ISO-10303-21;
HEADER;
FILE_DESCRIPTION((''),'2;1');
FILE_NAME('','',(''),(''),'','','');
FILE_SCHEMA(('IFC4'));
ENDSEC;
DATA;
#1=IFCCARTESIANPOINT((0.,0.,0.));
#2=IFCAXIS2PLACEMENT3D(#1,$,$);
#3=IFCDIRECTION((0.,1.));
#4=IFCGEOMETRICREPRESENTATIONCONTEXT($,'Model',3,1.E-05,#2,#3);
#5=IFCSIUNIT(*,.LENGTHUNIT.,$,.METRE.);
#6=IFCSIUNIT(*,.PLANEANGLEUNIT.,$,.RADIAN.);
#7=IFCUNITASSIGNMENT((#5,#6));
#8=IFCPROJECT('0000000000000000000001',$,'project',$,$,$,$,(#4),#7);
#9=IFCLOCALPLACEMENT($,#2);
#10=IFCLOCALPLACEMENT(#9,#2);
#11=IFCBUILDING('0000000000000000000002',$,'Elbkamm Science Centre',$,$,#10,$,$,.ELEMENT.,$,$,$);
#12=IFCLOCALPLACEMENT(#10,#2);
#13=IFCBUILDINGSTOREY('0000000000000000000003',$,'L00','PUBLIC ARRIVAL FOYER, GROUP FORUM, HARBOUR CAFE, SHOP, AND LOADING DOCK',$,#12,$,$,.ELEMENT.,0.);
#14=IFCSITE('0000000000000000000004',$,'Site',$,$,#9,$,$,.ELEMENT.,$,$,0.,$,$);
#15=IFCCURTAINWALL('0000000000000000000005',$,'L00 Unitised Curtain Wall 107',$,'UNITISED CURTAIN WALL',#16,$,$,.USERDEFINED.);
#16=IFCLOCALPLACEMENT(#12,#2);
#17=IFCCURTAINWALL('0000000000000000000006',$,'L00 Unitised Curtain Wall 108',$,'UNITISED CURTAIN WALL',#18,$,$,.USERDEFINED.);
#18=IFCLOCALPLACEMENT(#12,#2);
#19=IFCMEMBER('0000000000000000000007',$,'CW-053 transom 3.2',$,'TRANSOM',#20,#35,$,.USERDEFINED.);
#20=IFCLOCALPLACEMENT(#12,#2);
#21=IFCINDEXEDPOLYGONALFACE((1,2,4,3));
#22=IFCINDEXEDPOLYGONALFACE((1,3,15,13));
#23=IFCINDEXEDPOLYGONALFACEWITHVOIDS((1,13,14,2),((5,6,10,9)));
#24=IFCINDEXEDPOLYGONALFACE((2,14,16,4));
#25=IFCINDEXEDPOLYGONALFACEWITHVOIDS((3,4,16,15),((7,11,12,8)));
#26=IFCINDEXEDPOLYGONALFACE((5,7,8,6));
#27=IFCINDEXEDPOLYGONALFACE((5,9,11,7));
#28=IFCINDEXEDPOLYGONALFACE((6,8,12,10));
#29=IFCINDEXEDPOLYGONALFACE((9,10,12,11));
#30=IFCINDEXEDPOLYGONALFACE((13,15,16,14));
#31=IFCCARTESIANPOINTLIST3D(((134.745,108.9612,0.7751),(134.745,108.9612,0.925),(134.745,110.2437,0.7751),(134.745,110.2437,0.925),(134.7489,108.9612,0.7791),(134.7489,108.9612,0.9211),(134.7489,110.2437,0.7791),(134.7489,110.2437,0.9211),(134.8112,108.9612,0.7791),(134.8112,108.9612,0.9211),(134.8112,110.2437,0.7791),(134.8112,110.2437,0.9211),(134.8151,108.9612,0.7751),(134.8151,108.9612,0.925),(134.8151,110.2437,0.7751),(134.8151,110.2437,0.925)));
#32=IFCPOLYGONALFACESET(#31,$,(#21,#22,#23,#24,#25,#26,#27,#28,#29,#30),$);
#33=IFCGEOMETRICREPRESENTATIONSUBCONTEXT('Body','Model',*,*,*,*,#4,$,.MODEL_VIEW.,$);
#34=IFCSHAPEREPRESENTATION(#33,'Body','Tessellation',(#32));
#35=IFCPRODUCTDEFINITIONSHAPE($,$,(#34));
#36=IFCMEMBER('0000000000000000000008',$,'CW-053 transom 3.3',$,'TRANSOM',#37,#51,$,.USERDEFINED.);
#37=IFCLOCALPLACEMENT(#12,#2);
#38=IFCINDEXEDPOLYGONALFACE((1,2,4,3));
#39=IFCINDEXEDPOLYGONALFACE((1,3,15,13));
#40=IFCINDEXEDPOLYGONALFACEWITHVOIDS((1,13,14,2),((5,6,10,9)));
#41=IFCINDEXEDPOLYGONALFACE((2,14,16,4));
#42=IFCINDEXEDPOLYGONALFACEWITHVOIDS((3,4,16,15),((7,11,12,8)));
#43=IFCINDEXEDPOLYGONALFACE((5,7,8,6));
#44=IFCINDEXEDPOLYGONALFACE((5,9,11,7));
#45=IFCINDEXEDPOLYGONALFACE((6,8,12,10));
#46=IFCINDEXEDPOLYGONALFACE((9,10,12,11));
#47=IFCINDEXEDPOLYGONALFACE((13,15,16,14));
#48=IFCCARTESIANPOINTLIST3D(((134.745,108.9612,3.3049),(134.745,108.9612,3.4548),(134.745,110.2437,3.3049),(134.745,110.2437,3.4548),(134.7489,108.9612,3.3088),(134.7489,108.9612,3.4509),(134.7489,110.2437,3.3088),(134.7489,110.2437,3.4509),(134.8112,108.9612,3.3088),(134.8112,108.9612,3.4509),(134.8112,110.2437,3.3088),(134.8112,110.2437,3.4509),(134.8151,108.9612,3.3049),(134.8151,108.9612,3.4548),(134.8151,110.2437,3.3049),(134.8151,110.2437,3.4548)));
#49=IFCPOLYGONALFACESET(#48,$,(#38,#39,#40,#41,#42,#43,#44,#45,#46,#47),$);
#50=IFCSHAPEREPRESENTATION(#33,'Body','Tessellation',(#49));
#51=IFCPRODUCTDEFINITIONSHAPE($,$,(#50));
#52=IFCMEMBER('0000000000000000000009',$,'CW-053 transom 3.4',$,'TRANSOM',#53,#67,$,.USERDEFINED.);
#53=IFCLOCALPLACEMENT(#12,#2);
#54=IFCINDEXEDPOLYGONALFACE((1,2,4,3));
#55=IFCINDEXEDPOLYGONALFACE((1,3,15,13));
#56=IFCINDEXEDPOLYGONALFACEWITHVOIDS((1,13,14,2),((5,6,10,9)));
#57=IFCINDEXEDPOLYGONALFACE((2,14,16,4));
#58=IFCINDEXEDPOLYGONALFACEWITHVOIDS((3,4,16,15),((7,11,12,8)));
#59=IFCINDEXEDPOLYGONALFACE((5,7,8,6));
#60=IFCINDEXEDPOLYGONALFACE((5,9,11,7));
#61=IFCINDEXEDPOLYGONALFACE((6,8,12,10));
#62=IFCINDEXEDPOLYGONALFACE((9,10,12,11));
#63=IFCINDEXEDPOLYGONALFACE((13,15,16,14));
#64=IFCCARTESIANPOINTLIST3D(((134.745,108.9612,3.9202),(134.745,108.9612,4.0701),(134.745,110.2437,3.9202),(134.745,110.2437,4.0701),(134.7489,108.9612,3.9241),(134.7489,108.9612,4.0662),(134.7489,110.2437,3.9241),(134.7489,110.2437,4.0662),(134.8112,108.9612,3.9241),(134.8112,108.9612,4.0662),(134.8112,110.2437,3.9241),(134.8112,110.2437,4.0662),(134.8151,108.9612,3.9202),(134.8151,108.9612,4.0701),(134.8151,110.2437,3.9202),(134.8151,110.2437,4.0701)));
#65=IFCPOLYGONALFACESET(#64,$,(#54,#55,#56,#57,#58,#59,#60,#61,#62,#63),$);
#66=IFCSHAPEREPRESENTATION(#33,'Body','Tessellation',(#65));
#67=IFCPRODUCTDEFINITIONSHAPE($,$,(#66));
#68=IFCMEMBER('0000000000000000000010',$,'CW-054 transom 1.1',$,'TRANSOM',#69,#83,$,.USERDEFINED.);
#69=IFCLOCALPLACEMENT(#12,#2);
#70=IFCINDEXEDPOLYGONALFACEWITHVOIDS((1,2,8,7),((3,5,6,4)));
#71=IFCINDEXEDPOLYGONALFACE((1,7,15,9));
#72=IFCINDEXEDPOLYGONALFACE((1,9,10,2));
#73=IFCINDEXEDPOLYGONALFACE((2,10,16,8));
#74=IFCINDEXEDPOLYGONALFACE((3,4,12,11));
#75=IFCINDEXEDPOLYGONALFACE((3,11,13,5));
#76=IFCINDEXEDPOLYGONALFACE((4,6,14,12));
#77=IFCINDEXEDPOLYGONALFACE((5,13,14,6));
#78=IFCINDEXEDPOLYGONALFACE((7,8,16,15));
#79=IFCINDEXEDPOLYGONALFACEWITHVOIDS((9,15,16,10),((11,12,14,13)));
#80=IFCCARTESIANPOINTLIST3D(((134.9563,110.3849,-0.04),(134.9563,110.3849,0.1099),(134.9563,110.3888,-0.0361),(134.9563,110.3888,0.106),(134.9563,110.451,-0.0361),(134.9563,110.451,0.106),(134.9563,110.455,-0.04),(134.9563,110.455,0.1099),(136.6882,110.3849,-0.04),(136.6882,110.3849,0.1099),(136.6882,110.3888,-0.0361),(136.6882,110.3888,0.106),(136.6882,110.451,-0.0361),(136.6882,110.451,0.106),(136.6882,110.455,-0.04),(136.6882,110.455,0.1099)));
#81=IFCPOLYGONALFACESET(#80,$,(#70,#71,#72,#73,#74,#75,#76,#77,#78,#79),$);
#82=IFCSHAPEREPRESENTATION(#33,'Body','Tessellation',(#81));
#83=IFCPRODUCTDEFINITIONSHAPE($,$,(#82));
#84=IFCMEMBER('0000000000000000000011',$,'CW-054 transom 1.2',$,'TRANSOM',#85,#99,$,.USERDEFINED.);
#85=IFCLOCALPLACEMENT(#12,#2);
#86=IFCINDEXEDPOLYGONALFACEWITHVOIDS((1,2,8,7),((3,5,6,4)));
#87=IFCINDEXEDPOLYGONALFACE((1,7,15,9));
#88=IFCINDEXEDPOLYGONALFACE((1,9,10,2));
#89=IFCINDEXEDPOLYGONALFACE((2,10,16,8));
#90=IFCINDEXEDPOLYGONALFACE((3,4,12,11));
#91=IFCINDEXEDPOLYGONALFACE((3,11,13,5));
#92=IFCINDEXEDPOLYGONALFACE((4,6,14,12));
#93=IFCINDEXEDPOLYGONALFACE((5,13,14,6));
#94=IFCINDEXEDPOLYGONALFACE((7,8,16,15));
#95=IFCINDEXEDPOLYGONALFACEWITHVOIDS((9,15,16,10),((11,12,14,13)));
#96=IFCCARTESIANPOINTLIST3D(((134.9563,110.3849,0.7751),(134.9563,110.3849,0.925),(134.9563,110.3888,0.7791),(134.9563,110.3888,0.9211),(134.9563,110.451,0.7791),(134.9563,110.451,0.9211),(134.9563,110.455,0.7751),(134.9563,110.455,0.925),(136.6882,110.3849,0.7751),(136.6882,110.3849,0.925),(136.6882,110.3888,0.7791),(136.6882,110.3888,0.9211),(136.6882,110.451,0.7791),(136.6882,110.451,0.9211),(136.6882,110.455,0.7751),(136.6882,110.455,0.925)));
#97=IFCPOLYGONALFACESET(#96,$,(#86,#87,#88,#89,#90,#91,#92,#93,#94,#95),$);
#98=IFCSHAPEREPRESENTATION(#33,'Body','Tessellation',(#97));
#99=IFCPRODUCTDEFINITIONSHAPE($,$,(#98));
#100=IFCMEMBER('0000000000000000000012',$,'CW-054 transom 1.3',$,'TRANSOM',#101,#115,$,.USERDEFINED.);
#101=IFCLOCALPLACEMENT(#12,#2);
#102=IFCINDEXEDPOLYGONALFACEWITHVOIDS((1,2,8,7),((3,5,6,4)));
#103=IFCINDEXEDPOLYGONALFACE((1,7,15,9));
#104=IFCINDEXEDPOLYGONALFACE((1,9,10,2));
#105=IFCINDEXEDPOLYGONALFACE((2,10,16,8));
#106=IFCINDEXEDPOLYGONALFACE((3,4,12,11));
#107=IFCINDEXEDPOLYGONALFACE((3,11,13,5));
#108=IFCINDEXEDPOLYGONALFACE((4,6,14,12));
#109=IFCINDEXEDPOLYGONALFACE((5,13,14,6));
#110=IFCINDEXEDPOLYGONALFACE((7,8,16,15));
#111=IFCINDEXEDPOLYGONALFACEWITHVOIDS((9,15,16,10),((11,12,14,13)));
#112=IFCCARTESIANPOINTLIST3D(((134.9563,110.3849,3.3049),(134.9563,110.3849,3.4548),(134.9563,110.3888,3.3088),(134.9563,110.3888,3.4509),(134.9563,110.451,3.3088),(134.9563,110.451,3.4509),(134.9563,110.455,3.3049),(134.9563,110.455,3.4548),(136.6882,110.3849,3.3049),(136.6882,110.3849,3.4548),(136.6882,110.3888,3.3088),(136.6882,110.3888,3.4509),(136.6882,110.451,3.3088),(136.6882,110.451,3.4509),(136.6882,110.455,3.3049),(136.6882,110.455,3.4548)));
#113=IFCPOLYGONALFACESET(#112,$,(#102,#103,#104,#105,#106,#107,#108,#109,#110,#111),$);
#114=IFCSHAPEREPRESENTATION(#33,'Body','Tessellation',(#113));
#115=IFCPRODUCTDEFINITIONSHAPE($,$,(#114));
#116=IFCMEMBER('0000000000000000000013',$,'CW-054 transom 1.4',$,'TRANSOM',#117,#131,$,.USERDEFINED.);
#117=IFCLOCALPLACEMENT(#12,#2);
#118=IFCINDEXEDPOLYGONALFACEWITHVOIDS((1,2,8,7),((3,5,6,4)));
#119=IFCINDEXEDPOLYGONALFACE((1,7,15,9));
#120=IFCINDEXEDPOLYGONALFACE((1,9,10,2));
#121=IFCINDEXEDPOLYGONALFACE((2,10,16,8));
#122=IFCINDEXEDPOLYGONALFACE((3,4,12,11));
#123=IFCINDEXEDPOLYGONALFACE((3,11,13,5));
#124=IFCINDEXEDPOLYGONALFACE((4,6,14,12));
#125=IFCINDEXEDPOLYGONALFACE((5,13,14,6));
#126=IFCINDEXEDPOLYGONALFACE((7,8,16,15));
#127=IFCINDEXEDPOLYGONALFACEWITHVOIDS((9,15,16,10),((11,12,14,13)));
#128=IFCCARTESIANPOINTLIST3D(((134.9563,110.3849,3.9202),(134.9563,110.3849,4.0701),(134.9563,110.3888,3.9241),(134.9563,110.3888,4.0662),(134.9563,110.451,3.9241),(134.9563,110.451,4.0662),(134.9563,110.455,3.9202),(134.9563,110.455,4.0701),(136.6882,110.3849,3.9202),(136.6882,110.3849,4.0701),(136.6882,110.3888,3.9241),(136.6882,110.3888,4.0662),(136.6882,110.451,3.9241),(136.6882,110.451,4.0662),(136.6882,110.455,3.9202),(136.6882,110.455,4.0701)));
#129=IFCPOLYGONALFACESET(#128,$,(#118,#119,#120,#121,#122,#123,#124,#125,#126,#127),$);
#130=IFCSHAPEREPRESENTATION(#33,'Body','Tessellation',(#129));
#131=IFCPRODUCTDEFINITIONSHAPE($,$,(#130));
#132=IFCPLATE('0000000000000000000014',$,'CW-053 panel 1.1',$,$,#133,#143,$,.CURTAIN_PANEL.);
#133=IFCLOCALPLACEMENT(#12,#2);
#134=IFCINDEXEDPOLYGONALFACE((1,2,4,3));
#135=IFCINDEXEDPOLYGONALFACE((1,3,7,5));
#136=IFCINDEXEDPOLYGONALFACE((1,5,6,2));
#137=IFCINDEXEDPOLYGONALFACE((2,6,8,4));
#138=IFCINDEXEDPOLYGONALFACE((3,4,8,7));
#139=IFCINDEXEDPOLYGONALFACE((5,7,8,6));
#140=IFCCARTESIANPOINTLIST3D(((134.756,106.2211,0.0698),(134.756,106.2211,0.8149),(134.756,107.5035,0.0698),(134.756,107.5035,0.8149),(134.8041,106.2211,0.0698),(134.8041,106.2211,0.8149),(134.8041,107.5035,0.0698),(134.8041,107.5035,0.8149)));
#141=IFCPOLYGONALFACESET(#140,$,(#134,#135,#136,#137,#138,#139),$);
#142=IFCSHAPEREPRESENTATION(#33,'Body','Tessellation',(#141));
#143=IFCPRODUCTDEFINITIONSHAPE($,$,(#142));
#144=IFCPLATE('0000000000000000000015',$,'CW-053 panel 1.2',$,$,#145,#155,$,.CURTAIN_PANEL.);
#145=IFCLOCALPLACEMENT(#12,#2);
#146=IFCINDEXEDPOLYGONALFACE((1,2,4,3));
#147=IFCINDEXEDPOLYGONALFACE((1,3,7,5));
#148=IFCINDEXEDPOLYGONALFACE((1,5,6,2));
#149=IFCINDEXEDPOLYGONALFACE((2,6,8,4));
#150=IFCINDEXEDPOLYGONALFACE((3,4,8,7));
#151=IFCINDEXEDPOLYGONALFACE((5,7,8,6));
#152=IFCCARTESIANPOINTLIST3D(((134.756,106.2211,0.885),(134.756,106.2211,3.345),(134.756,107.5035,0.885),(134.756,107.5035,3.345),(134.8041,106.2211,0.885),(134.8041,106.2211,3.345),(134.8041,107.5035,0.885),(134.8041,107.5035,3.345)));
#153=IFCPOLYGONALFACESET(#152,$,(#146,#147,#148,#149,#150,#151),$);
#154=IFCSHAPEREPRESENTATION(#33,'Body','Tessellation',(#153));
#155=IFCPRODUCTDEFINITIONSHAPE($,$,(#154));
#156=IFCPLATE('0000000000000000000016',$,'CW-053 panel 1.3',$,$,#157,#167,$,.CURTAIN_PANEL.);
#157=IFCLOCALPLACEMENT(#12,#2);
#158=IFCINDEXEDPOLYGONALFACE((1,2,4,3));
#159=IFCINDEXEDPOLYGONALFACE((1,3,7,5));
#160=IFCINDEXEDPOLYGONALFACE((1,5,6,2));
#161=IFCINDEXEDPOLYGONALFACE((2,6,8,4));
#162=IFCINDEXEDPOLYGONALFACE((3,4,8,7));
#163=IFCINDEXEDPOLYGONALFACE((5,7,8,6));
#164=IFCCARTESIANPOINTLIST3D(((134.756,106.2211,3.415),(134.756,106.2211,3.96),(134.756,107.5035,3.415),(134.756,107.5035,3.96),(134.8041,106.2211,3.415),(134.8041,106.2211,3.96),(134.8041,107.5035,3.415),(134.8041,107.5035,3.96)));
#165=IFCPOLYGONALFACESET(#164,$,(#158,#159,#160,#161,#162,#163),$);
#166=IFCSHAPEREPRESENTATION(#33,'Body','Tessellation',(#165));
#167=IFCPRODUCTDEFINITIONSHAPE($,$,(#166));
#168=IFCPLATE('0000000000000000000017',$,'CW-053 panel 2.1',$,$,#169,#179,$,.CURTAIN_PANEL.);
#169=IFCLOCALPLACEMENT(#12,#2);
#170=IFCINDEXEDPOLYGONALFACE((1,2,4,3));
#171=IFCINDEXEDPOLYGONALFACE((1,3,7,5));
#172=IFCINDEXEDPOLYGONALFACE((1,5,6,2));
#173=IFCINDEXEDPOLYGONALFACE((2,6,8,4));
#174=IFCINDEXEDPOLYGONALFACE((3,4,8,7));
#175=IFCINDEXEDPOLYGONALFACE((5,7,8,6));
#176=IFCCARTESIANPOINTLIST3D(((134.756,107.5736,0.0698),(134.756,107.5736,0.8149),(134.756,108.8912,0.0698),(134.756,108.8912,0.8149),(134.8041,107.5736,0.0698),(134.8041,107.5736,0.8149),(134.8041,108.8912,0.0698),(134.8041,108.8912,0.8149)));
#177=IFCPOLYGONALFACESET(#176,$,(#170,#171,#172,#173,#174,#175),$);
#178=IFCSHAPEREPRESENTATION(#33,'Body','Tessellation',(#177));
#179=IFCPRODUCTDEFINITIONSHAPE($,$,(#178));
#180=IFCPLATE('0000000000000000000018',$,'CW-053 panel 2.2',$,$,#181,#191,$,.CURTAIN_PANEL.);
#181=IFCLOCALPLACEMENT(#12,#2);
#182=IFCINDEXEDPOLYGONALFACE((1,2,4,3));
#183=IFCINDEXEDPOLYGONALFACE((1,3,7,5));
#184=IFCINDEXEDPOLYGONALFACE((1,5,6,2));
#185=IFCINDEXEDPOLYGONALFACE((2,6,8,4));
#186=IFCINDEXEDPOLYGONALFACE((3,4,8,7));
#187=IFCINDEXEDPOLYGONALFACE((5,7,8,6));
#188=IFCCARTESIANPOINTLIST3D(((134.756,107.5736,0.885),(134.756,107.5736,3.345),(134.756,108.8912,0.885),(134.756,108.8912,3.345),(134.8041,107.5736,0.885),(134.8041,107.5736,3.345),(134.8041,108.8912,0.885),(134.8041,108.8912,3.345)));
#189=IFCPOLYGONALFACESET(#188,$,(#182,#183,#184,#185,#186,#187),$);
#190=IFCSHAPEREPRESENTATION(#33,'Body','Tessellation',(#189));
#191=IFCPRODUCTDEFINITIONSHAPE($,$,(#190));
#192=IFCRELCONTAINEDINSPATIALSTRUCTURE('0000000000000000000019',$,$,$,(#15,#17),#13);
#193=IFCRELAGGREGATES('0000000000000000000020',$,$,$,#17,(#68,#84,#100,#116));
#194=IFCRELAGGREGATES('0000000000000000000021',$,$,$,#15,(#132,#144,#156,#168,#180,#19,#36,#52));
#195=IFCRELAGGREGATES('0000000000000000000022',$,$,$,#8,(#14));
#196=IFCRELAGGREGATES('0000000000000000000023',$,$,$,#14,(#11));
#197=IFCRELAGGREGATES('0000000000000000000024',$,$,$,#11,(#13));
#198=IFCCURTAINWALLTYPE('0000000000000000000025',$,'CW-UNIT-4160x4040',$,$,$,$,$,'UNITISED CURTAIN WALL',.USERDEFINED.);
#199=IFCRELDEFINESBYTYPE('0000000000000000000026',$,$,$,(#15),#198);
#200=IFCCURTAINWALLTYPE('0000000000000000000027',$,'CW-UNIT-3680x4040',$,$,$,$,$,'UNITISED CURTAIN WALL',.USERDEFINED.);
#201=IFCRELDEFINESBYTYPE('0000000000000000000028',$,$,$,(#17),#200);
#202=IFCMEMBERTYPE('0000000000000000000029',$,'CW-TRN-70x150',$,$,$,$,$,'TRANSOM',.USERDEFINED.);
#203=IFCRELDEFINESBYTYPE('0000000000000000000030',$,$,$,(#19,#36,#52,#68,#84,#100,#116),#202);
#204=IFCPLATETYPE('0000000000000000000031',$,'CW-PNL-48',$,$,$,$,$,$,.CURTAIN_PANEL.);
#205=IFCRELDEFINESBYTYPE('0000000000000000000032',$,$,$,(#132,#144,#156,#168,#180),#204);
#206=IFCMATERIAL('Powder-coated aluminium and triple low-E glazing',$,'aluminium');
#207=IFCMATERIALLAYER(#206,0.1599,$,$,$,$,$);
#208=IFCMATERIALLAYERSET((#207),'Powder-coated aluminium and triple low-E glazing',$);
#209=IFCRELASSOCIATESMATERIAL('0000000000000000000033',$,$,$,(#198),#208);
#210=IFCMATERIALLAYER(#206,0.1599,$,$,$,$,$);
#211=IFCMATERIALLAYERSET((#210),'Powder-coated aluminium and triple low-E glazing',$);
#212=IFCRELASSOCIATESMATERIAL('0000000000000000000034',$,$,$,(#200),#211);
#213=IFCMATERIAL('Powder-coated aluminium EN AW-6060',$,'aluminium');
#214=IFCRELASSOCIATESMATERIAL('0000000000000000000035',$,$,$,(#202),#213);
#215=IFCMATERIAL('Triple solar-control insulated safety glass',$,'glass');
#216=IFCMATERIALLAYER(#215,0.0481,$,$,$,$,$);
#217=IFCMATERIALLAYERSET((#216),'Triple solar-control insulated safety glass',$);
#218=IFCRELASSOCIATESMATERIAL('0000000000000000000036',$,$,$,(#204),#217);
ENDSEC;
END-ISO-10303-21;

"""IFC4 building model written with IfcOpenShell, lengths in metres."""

from ifc_helpers import new_model, si_unit, direction, frame, origin, origin_2d, place, context, subcontext, project, spatial, rectangle, hollow_rectangle, extrude, material, layer, layer_set, material_profile, profile_set, type_object, element, aggregate, save


model = new_model("IFC4")

# Units and contexts
model_context = context("Model", 3, precision=1e-05, world=origin(), true_north=direction((0.0, 1.0)))
body_context = subcontext(model_context, "Body", "Model", "MODEL_VIEW")
ifc_project = project(units=[si_unit("LENGTHUNIT", "METRE"), si_unit("PLANEANGLEUNIT", "RADIAN")], contexts=[model_context])

# Site, building, storey
site_placement = place(None, origin())
site = spatial("IfcSite", under=ifc_project, at=site_placement, Name="Site", CompositionType="ELEMENT", RefElevation=0.0)
building_placement = place(site_placement, origin())
building = spatial("IfcBuilding", under=site, at=building_placement, Name="Elbkamm Science Centre", CompositionType="ELEMENT")
storey_placement = place(building_placement, origin())
storey = spatial("IfcBuildingStorey", under=building, at=storey_placement, Name="L00", Description="PUBLIC ARRIVAL FOYER, GROUP FORUM, HARBOUR CAFE, SHOP, AND LOADING DOCK", CompositionType="ELEMENT", Elevation=0.0)

# Curtain wall
ifc_material_1 = material(Name="Powder-coated aluminium and triple low-E glazing", Category="aluminium")
ifc_layer_1 = layer(ifc_material_1, 0.1599)
ifc_layer_set_1 = layer_set([ifc_layer_1], Name="Powder-coated aluminium and triple low-E glazing")
curtain_wall_type_1 = type_object("IfcCurtainWallType", Name="CW-UNIT-4160x4040", ElementType="UNITISED CURTAIN WALL", PredefinedType="USERDEFINED", material=ifc_layer_set_1)
curtain_wall_1_placement = place(storey_placement, origin())
curtain_wall_1 = element("IfcCurtainWall", 1, at=curtain_wall_1_placement, inside=storey, type_object=curtain_wall_type_1, Name="L00 Unitised Curtain Wall 107", ObjectType="UNITISED CURTAIN WALL", PredefinedType="USERDEFINED")
ifc_material_2 = material(Name="Powder-coated aluminium EN AW-6060", Category="aluminium")

# Curtain wall
ifc_layer_2 = layer(ifc_material_1, 0.1599)
ifc_layer_set_2 = layer_set([ifc_layer_2], Name="Powder-coated aluminium and triple low-E glazing")
curtain_wall_type_2 = type_object("IfcCurtainWallType", Name="CW-UNIT-3680x4040", ElementType="UNITISED CURTAIN WALL", PredefinedType="USERDEFINED", material=ifc_layer_set_2)
curtain_wall_2_placement = place(storey_placement, origin())
curtain_wall_2 = element("IfcCurtainWall", 2, at=curtain_wall_2_placement, inside=storey, type_object=curtain_wall_type_2, Name="L00 Unitised Curtain Wall 108", ObjectType="UNITISED CURTAIN WALL", PredefinedType="USERDEFINED")

# Members
ifc_material_profile_1 = material_profile(ifc_material_2, hollow_rectangle(XDim=0.0701, YDim=0.1499, WallThickness=0.0039, at=origin_2d()), Name="ALU T70x150")
ifc_profile_set_1 = profile_set([ifc_material_profile_1], Name="Powder-coated aluminium EN AW-6060")
member_type_1 = type_object("IfcMemberType", Name="CW-TRN-70x150", ElementType="TRANSOM", PredefinedType="USERDEFINED", material=ifc_profile_set_1)
member_1_placement = place(storey_placement, frame((134.78, 108.9612, 0.8501), z_axis=(0.0, 1.0, 0.0), x_axis=(-1.0, 0.0, 0.0)))
member_1 = element("IfcMember", 3, at=member_1_placement, type_object=member_type_1, Name="CW-053 transom 3.2", ObjectType="TRANSOM", PredefinedType="USERDEFINED", context=body_context, shape_type="SweptSolid", body=[
    extrude(hollow_rectangle(XDim=0.0701, YDim=0.1499, WallThickness=0.0039, at=origin_2d()), origin(), (0.0, 0.0, 1.0), 1.2825),
])
member_2_placement = place(storey_placement, frame((134.78, 108.9612, 3.3799), z_axis=(0.0, 1.0, 0.0), x_axis=(-1.0, 0.0, 0.0)))
member_2 = element("IfcMember", 4, at=member_2_placement, type_object=member_type_1, Name="CW-053 transom 3.3", ObjectType="TRANSOM", PredefinedType="USERDEFINED", context=body_context, shape_type="SweptSolid", body=[
    extrude(hollow_rectangle(XDim=0.0701, YDim=0.1499, WallThickness=0.0039, at=origin_2d()), origin(), (0.0, 0.0, 1.0), 1.2825),
])
member_3_placement = place(storey_placement, frame((134.78, 108.9612, 3.9951), z_axis=(0.0, 1.0, 0.0), x_axis=(-1.0, 0.0, 0.0)))
member_3 = element("IfcMember", 5, at=member_3_placement, type_object=member_type_1, Name="CW-053 transom 3.4", ObjectType="TRANSOM", PredefinedType="USERDEFINED", context=body_context, shape_type="SweptSolid", body=[
    extrude(hollow_rectangle(XDim=0.0701, YDim=0.1499, WallThickness=0.0039, at=origin_2d()), origin(), (0.0, 0.0, 1.0), 1.2825),
])
member_4_placement = place(storey_placement, frame((134.9563, 110.4199, 0.0349), z_axis=(1.0, 0.0, 0.0), x_axis=(0.0, 1.0, 0.0)))
member_4 = element("IfcMember", 6, at=member_4_placement, type_object=member_type_1, Name="CW-054 transom 1.1", ObjectType="TRANSOM", PredefinedType="USERDEFINED", context=body_context, shape_type="SweptSolid", body=[
    extrude(hollow_rectangle(XDim=0.0701, YDim=0.1499, WallThickness=0.0039, at=origin_2d()), origin(), (0.0, 0.0, 1.0), 1.7319),
])
member_5_placement = place(storey_placement, frame((134.9563, 110.4199, 0.8501), z_axis=(1.0, 0.0, 0.0), x_axis=(0.0, 1.0, 0.0)))
member_5 = element("IfcMember", 7, at=member_5_placement, type_object=member_type_1, Name="CW-054 transom 1.2", ObjectType="TRANSOM", PredefinedType="USERDEFINED", context=body_context, shape_type="SweptSolid", body=[
    extrude(hollow_rectangle(XDim=0.0701, YDim=0.1499, WallThickness=0.0039, at=origin_2d()), origin(), (0.0, 0.0, 1.0), 1.7319),
])
member_6_placement = place(storey_placement, frame((134.9563, 110.4199, 3.3799), z_axis=(1.0, 0.0, 0.0), x_axis=(0.0, 1.0, 0.0)))
member_6 = element("IfcMember", 8, at=member_6_placement, type_object=member_type_1, Name="CW-054 transom 1.3", ObjectType="TRANSOM", PredefinedType="USERDEFINED", context=body_context, shape_type="SweptSolid", body=[
    extrude(hollow_rectangle(XDim=0.0701, YDim=0.1499, WallThickness=0.0039, at=origin_2d()), origin(), (0.0, 0.0, 1.0), 1.7319),
])
member_7_placement = place(storey_placement, frame((134.9563, 110.4199, 3.9951), z_axis=(1.0, 0.0, 0.0), x_axis=(0.0, 1.0, 0.0)))
member_7 = element("IfcMember", 9, at=member_7_placement, type_object=member_type_1, Name="CW-054 transom 1.4", ObjectType="TRANSOM", PredefinedType="USERDEFINED", context=body_context, shape_type="SweptSolid", body=[
    extrude(hollow_rectangle(XDim=0.0701, YDim=0.1499, WallThickness=0.0039, at=origin_2d()), origin(), (0.0, 0.0, 1.0), 1.7319),
])
aggregate(curtain_wall_2, [member_4, member_5, member_6, member_7])

# Plates
ifc_material_3 = material(Name="Triple solar-control insulated safety glass", Category="glass")
ifc_layer_3 = layer(ifc_material_3, 0.0481)
ifc_layer_set_3 = layer_set([ifc_layer_3], Name="Triple solar-control insulated safety glass")
plate_type = type_object("IfcPlateType", Name="CW-PNL-48", PredefinedType="CURTAIN_PANEL", material=ifc_layer_set_3)
plate_1_placement = place(storey_placement, frame((134.78, 106.8623, 0.0698), z_axis=(0.0, 0.0, 1.0), x_axis=(0.0, 1.0, 0.0)))
plate_1 = element("IfcPlate", 10, at=plate_1_placement, type_object=plate_type, Name="CW-053 panel 1.1", PredefinedType="CURTAIN_PANEL", context=body_context, shape_type="SweptSolid", body=[
    extrude(rectangle(XDim=1.2825, YDim=0.0481, at=origin_2d()), origin(), (0.0, 0.0, 1.0), 0.7451),
])
plate_2_placement = place(storey_placement, frame((134.78, 106.8623, 0.885), z_axis=(0.0, 0.0, 1.0), x_axis=(0.0, 1.0, 0.0)))
plate_2 = element("IfcPlate", 11, at=plate_2_placement, type_object=plate_type, Name="CW-053 panel 1.2", PredefinedType="CURTAIN_PANEL", context=body_context, shape_type="SweptSolid", body=[
    extrude(rectangle(XDim=1.2825, YDim=0.0481, at=origin_2d()), origin(), (0.0, 0.0, 1.0), 2.46),
])
plate_3_placement = place(storey_placement, frame((134.78, 106.8623, 3.415), z_axis=(0.0, 0.0, 1.0), x_axis=(0.0, 1.0, 0.0)))
plate_3 = element("IfcPlate", 12, at=plate_3_placement, type_object=plate_type, Name="CW-053 panel 1.3", PredefinedType="CURTAIN_PANEL", context=body_context, shape_type="SweptSolid", body=[
    extrude(rectangle(XDim=1.2825, YDim=0.0481, at=origin_2d()), origin(), (0.0, 0.0, 1.0), 0.5449),
])
plate_4_placement = place(storey_placement, frame((134.78, 108.2324, 0.0698), z_axis=(0.0, 0.0, 1.0), x_axis=(0.0, 1.0, 0.0)))
plate_4 = element("IfcPlate", 13, at=plate_4_placement, type_object=plate_type, Name="CW-053 panel 2.1", PredefinedType="CURTAIN_PANEL", context=body_context, shape_type="SweptSolid", body=[
    extrude(rectangle(XDim=1.3176, YDim=0.0481, at=origin_2d()), origin(), (0.0, 0.0, 1.0), 0.7451),
])
plate_5_placement = place(storey_placement, frame((134.78, 108.2324, 0.885), z_axis=(0.0, 0.0, 1.0), x_axis=(0.0, 1.0, 0.0)))
plate_5 = element("IfcPlate", 14, at=plate_5_placement, type_object=plate_type, Name="CW-053 panel 2.2", PredefinedType="CURTAIN_PANEL", context=body_context, shape_type="SweptSolid", body=[
    extrude(rectangle(XDim=1.3176, YDim=0.0481, at=origin_2d()), origin(), (0.0, 0.0, 1.0), 2.46),
])
aggregate(curtain_wall_1, [plate_1, plate_2, plate_3, plate_4, plate_5, member_1, member_2, member_3])

save(model, "model.ifc")
